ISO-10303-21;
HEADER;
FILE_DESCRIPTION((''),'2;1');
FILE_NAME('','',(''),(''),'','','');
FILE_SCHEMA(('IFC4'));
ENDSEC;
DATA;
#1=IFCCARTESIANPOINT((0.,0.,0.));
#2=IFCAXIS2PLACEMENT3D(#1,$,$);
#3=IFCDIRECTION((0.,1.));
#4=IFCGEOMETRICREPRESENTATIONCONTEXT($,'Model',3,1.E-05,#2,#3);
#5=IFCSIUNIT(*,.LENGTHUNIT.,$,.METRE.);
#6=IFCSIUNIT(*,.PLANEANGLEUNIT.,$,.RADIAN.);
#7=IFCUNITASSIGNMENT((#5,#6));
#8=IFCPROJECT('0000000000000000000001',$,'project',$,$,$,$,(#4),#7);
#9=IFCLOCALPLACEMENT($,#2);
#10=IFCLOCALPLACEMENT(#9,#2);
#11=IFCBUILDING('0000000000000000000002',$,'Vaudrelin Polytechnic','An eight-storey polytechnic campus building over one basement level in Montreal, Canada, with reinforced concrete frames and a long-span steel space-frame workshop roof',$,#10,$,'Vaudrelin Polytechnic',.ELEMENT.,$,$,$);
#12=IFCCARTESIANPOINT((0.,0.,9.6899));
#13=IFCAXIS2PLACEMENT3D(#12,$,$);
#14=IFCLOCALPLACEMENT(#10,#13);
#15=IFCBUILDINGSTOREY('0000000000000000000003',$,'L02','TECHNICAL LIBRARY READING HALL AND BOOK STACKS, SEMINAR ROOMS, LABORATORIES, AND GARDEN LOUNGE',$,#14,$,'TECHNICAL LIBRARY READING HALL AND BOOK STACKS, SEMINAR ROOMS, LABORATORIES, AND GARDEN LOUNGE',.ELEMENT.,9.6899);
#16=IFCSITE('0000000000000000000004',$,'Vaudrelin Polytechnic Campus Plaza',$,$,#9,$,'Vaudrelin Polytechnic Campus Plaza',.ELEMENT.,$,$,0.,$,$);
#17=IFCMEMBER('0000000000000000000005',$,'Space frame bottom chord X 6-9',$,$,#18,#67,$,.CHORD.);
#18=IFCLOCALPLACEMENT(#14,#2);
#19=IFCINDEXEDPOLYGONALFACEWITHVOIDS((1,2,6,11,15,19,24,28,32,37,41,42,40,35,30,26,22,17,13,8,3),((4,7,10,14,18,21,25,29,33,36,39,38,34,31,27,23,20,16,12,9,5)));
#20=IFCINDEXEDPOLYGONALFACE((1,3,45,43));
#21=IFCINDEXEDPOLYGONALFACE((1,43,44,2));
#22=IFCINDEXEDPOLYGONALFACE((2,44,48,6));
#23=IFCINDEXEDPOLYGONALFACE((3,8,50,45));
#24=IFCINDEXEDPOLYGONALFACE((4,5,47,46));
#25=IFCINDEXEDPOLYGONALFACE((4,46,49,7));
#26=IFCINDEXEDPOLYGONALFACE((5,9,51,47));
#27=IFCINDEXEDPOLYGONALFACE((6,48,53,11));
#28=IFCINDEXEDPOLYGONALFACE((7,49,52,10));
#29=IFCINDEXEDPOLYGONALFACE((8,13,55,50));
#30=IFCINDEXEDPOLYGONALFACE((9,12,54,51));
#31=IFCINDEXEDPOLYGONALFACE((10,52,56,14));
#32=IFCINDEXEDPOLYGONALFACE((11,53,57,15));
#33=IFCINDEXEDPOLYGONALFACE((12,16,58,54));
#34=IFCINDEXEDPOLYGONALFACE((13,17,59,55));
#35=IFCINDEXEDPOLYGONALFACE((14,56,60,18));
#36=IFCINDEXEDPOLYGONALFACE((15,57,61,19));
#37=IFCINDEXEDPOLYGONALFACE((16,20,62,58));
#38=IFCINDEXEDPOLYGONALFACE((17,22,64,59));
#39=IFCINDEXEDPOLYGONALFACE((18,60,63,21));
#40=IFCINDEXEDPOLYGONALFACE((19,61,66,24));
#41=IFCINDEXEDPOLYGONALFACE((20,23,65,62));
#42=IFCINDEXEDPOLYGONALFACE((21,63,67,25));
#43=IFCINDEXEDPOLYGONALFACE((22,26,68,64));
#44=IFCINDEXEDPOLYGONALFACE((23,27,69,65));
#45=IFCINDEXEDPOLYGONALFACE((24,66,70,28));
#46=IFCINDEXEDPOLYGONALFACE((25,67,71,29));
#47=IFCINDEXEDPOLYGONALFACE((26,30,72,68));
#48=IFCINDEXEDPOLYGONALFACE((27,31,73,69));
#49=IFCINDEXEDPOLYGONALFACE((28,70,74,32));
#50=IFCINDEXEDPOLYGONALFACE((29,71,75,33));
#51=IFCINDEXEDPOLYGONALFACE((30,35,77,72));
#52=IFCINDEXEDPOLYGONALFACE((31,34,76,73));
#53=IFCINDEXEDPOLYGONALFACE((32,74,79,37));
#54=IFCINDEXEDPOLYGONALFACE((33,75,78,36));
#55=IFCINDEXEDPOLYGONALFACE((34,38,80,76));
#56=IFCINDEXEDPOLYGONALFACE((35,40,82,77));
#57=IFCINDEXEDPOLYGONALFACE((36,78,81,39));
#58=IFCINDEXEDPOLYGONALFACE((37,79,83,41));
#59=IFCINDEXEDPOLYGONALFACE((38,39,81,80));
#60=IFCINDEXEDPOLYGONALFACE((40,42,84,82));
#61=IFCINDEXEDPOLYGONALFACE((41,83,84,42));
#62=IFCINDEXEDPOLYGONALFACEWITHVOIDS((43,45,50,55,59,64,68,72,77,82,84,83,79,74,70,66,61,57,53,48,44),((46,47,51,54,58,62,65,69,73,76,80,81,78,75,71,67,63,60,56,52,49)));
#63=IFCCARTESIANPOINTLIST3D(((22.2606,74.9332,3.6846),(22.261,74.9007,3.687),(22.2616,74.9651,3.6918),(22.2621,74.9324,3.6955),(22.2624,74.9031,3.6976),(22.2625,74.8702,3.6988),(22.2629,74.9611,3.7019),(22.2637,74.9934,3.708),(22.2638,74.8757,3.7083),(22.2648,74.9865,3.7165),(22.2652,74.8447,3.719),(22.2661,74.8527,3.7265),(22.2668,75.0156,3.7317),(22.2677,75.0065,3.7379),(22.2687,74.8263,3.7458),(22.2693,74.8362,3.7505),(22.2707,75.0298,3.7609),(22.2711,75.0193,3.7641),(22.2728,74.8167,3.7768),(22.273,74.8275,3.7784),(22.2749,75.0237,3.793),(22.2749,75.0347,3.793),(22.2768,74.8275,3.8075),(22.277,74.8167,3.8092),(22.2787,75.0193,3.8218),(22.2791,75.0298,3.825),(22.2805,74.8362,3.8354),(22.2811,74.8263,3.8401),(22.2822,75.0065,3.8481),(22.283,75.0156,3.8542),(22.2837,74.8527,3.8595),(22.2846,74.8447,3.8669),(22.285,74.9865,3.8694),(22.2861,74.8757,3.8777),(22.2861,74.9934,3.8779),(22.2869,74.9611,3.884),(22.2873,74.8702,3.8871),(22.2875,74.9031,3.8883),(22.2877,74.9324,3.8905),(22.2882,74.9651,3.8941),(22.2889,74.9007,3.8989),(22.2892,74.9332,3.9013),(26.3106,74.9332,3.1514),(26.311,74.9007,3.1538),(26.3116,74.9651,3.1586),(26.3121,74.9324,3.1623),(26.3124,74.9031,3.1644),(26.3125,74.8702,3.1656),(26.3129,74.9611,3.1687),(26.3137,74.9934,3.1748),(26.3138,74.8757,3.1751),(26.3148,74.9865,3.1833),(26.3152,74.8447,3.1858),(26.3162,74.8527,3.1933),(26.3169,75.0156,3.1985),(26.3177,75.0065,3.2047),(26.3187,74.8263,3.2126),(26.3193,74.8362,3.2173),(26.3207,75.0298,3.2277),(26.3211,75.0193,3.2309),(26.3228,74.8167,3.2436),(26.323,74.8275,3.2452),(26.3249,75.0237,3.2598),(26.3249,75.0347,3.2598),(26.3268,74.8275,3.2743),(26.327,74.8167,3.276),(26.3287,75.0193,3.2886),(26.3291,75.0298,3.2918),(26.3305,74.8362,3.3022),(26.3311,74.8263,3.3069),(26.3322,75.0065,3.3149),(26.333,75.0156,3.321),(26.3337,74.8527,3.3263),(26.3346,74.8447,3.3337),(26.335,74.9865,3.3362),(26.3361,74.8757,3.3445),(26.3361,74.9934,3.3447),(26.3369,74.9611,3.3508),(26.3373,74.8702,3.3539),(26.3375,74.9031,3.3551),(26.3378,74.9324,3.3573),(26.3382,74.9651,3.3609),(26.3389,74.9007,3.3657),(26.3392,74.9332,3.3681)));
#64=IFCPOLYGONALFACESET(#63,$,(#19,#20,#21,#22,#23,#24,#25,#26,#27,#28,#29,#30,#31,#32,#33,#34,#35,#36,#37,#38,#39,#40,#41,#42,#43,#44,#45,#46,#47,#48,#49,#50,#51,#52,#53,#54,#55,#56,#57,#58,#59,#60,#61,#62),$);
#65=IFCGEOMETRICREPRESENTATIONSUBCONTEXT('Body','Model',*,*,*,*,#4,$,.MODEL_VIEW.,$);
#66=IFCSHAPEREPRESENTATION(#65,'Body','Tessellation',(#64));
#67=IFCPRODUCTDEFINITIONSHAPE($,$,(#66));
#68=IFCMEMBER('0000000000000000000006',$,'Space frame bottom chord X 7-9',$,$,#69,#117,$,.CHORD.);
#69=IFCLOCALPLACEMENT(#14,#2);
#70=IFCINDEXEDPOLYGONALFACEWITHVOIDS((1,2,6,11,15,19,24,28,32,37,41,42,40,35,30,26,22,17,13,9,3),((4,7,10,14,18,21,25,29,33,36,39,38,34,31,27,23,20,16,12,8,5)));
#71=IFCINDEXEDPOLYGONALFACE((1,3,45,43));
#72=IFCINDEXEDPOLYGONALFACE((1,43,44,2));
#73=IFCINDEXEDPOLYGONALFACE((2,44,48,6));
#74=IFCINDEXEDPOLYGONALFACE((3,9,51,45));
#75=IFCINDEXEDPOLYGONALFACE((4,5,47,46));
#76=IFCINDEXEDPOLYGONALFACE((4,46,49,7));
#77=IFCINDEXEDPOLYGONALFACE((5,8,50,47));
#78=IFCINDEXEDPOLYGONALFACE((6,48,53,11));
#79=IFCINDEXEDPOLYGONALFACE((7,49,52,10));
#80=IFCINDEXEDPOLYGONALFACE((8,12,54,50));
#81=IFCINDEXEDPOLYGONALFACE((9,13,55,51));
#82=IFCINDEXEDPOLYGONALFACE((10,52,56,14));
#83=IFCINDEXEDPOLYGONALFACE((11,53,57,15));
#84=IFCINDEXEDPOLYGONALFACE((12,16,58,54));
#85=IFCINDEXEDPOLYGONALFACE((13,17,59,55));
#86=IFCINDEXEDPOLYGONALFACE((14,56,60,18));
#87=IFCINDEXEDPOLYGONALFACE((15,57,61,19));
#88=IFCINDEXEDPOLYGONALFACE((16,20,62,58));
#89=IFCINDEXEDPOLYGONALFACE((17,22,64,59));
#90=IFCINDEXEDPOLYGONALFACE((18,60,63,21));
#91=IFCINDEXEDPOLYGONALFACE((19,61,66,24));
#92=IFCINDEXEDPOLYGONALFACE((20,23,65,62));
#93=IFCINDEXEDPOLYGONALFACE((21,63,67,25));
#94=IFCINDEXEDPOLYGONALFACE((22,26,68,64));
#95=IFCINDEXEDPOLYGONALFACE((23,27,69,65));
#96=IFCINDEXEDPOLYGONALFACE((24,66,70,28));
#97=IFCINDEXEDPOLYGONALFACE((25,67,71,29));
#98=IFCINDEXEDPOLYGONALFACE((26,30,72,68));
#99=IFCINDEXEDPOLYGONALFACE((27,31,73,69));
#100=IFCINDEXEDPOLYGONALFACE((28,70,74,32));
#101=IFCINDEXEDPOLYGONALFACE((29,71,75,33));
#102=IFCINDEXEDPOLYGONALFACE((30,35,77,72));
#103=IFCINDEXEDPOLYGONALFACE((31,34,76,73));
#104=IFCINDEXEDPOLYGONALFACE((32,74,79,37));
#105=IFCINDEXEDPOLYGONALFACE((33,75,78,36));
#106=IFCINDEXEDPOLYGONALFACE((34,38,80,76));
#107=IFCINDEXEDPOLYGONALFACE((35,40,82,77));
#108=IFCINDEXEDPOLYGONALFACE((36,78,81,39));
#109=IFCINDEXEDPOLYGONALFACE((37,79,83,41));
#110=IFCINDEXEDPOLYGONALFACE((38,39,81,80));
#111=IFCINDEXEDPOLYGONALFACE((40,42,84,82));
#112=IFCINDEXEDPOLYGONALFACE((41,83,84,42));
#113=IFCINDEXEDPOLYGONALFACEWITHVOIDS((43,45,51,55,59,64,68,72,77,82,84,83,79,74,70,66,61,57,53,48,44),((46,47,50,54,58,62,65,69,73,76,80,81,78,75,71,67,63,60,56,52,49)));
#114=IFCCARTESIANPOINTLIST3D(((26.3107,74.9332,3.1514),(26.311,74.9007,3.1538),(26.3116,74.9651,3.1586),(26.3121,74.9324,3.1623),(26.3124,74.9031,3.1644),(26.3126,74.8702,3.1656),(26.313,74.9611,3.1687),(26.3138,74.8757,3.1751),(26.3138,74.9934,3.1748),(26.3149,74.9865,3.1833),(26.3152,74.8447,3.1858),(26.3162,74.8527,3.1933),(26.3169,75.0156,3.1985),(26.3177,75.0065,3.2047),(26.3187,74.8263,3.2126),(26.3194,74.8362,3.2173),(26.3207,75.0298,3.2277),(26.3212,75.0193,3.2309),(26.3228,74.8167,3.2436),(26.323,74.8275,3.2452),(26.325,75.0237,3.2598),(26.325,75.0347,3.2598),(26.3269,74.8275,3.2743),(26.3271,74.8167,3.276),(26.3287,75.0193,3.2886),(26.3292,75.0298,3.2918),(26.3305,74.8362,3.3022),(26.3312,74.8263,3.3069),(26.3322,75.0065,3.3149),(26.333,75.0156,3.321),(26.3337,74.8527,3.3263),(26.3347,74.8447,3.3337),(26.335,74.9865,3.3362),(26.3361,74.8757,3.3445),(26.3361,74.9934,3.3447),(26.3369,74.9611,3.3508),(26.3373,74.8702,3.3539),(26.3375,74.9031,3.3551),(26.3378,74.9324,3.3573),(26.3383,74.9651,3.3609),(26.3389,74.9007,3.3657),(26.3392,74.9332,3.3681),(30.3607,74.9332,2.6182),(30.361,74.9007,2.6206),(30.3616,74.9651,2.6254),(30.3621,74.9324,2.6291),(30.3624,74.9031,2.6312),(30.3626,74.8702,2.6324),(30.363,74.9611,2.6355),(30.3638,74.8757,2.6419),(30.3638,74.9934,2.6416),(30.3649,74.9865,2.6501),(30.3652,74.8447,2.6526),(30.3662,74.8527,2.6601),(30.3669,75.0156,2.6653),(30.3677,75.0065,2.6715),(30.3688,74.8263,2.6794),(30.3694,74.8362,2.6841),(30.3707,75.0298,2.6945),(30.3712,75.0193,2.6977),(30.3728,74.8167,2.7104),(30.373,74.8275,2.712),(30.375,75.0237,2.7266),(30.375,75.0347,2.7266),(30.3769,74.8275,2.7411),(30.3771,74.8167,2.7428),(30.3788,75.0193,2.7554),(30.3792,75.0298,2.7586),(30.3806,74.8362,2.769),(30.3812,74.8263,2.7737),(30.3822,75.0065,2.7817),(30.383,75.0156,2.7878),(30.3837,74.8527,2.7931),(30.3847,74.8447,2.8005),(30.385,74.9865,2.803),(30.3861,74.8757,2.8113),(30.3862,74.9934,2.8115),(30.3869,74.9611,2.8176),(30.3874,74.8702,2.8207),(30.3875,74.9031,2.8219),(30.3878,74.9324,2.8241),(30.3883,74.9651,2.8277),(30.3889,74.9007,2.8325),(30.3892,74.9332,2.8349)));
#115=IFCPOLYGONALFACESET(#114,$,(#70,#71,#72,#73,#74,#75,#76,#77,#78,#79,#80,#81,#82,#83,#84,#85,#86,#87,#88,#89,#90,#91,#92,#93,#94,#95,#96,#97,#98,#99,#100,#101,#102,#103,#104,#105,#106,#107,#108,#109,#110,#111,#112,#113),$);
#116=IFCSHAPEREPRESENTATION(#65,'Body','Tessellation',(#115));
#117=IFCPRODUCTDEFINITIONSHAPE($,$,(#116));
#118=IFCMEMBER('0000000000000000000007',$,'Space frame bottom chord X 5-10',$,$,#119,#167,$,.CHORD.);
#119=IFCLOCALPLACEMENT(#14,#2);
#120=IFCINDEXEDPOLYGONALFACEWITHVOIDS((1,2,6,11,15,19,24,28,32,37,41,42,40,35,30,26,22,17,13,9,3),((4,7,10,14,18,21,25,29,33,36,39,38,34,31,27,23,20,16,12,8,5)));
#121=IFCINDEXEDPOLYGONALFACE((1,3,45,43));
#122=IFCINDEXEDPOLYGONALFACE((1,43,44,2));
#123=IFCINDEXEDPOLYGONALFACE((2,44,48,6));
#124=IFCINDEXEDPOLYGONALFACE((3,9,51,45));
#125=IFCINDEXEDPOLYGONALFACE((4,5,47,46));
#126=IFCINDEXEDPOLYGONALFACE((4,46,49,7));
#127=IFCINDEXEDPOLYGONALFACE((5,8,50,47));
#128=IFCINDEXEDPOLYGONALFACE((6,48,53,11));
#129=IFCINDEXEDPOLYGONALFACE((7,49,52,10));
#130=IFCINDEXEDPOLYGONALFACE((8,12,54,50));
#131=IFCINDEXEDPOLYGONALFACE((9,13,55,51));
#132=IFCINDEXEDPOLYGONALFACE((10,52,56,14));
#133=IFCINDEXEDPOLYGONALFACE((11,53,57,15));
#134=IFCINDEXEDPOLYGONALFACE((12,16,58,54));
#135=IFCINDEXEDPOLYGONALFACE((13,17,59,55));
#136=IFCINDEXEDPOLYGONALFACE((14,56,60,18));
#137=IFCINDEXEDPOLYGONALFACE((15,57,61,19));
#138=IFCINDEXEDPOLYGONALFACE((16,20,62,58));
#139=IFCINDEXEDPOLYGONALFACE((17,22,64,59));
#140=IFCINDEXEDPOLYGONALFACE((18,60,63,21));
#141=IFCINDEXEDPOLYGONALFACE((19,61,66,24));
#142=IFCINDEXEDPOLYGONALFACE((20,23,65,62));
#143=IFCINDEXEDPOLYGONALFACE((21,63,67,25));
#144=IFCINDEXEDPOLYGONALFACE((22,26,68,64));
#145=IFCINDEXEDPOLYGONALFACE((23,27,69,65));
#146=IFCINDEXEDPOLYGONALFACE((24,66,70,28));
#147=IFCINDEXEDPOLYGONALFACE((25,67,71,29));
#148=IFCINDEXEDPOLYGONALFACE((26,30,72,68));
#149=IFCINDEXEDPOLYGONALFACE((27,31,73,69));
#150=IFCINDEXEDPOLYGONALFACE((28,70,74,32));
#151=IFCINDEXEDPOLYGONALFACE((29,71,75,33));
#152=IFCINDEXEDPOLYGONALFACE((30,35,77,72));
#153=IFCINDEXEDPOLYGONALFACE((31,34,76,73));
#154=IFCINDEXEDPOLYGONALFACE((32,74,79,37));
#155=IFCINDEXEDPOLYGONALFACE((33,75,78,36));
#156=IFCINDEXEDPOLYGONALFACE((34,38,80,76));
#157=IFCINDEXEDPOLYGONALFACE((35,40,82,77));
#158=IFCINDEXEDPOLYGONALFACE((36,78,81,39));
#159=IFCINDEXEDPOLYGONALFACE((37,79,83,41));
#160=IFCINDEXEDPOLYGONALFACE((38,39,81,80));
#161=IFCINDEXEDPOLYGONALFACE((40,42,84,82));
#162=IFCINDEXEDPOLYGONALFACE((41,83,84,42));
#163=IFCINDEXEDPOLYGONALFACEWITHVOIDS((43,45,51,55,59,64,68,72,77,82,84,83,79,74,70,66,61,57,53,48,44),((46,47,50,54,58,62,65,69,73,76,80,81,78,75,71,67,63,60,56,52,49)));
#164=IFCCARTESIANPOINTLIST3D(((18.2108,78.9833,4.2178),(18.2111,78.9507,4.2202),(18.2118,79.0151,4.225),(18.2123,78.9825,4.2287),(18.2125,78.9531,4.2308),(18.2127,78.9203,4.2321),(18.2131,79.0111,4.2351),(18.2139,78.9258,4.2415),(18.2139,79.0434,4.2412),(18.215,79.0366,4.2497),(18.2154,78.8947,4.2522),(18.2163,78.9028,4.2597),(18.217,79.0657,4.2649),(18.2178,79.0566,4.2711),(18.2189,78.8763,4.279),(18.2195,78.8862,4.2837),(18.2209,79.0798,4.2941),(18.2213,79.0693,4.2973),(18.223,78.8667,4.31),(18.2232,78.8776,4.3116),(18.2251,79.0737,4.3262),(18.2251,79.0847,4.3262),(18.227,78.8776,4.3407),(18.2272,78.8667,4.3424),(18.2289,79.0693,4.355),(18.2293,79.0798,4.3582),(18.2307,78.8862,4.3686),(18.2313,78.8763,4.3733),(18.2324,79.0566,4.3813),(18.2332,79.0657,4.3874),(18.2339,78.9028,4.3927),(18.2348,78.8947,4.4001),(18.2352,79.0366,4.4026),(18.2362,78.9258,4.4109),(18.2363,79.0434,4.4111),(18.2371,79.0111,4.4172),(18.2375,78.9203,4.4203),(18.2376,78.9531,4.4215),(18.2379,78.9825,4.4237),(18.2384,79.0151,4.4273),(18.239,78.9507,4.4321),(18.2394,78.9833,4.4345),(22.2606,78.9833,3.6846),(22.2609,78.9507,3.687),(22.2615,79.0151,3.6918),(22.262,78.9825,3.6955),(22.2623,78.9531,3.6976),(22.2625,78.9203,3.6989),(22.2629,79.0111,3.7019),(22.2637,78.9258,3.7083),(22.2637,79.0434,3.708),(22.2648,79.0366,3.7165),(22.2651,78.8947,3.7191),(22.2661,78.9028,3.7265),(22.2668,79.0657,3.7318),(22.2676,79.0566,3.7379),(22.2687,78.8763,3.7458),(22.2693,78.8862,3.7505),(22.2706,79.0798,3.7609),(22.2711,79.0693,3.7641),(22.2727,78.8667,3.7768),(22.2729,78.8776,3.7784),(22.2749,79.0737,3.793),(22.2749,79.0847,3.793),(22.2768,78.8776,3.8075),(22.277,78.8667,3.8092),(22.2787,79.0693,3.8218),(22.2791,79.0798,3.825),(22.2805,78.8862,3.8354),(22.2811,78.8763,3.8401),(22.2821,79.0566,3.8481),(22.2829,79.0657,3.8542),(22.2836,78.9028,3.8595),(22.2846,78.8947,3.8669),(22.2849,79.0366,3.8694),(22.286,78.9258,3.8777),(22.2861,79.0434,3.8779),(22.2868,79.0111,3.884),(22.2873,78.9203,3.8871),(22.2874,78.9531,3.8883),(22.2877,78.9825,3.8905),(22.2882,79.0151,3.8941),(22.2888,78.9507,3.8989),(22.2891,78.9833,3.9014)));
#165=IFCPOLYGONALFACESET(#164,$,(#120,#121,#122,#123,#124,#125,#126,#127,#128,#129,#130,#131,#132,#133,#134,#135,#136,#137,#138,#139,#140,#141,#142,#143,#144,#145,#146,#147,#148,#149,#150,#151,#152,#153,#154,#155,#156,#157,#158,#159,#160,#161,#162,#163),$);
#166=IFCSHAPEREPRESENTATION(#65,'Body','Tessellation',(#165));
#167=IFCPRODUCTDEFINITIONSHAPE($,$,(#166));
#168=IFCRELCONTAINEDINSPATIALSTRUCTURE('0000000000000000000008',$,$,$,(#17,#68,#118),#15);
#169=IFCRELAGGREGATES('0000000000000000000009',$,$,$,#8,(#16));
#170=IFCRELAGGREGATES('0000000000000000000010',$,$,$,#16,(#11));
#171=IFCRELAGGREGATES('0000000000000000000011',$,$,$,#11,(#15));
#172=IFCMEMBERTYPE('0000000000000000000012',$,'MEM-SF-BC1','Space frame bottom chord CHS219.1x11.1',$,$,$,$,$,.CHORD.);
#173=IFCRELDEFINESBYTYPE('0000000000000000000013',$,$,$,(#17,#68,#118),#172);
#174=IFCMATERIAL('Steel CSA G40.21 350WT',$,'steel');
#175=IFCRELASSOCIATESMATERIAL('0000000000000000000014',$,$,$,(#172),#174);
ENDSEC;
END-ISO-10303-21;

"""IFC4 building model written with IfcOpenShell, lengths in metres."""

from ifc_helpers import new_model, si_unit, direction, frame, origin, origin_2d, place, context, subcontext, project, spatial, hollow_circle, extrude, material, material_profile, profile_set, type_object, element, save


model = new_model("IFC4")

# Units and contexts
model_context = context("Model", 3, precision=1e-05, world=origin(), true_north=direction((0.0, 1.0)))
body_context = subcontext(model_context, "Body", "Model", "MODEL_VIEW")
ifc_project = project(units=[si_unit("LENGTHUNIT", "METRE"), si_unit("PLANEANGLEUNIT", "RADIAN")], contexts=[model_context])

# Site, building, storey
site_placement = place(None, origin())
site = spatial("IfcSite", under=ifc_project, at=site_placement, Name="Vaudrelin Polytechnic Campus Plaza", LongName="Vaudrelin Polytechnic Campus Plaza", CompositionType="ELEMENT", RefElevation=0.0)
building_placement = place(site_placement, origin())
building = spatial("IfcBuilding", under=site, at=building_placement, Name="Vaudrelin Polytechnic", Description="An eight-storey polytechnic campus building over one basement level in Montreal, Canada, with reinforced concrete frames and a long-span steel space-frame workshop roof", LongName="Vaudrelin Polytechnic", CompositionType="ELEMENT")
storey_placement = place(building_placement, frame((0.0, 0.0, 9.6899)))
storey = spatial("IfcBuildingStorey", under=building, at=storey_placement, Name="L02", Description="TECHNICAL LIBRARY READING HALL AND BOOK STACKS, SEMINAR ROOMS, LABORATORIES, AND GARDEN LOUNGE", LongName="TECHNICAL LIBRARY READING HALL AND BOOK STACKS, SEMINAR ROOMS, LABORATORIES, AND GARDEN LOUNGE", CompositionType="ELEMENT", Elevation=9.6899)

# Shared definitions
ifc_material_1 = material(Name="Steel CSA G40.21 350WT", Category="steel")

# Members
ifc_material_profile_1 = material_profile(ifc_material_1, hollow_circle(Radius=0.1096, WallThickness=0.011, at=origin_2d()), Name="CHS219.1x11.1")
ifc_profile_set_1 = profile_set([ifc_material_profile_1], Name="Steel CSA G40.21 350WT")
member_type_1 = type_object("IfcMemberType", Name="MEM-SF-BC1", Description="Space frame bottom chord CHS219.1x11.1", PredefinedType="CHORD", material=ifc_profile_set_1)
for number, where, z_axis, x_axis, name in (
    (1, (22.2749, 74.925, 3.793), (0.991445, 0.0, -0.130527), (0.0, 1.0, 0.0), "Space frame bottom chord X 6-9"),
    (2, (26.325, 74.925, 3.2598), (0.991445, 0.0, -0.130527), (0.0, 1.0, 0.0), "Space frame bottom chord X 7-9"),
):
    element("IfcMember", number, at=place(storey_placement, frame(where, z_axis=z_axis, x_axis=x_axis)), inside=storey, type_object=member_type_1, Name=name, PredefinedType="CHORD", context=body_context, shape_type="SweptSolid", body=[
        extrude(hollow_circle(Radius=0.1096, WallThickness=0.011, at=origin_2d()), origin(), (0.0, 0.0, 1.0), 4.085),
    ])
member_1_placement = place(storey_placement, frame((18.2251, 78.9751, 4.3262), z_axis=(0.991444, 0.0, -0.130535), x_axis=(0.0, 1.0, 0.0)))
element("IfcMember", 3, at=member_1_placement, inside=storey, type_object=member_type_1, Name="Space frame bottom chord X 5-10", PredefinedType="CHORD", context=body_context, shape_type="SweptSolid", body=[
    extrude(hollow_circle(Radius=0.1096, WallThickness=0.011, at=origin_2d()), origin(), (0.0, 0.0, 1.0), 4.0847),
])

save(model, "model.ifc")
